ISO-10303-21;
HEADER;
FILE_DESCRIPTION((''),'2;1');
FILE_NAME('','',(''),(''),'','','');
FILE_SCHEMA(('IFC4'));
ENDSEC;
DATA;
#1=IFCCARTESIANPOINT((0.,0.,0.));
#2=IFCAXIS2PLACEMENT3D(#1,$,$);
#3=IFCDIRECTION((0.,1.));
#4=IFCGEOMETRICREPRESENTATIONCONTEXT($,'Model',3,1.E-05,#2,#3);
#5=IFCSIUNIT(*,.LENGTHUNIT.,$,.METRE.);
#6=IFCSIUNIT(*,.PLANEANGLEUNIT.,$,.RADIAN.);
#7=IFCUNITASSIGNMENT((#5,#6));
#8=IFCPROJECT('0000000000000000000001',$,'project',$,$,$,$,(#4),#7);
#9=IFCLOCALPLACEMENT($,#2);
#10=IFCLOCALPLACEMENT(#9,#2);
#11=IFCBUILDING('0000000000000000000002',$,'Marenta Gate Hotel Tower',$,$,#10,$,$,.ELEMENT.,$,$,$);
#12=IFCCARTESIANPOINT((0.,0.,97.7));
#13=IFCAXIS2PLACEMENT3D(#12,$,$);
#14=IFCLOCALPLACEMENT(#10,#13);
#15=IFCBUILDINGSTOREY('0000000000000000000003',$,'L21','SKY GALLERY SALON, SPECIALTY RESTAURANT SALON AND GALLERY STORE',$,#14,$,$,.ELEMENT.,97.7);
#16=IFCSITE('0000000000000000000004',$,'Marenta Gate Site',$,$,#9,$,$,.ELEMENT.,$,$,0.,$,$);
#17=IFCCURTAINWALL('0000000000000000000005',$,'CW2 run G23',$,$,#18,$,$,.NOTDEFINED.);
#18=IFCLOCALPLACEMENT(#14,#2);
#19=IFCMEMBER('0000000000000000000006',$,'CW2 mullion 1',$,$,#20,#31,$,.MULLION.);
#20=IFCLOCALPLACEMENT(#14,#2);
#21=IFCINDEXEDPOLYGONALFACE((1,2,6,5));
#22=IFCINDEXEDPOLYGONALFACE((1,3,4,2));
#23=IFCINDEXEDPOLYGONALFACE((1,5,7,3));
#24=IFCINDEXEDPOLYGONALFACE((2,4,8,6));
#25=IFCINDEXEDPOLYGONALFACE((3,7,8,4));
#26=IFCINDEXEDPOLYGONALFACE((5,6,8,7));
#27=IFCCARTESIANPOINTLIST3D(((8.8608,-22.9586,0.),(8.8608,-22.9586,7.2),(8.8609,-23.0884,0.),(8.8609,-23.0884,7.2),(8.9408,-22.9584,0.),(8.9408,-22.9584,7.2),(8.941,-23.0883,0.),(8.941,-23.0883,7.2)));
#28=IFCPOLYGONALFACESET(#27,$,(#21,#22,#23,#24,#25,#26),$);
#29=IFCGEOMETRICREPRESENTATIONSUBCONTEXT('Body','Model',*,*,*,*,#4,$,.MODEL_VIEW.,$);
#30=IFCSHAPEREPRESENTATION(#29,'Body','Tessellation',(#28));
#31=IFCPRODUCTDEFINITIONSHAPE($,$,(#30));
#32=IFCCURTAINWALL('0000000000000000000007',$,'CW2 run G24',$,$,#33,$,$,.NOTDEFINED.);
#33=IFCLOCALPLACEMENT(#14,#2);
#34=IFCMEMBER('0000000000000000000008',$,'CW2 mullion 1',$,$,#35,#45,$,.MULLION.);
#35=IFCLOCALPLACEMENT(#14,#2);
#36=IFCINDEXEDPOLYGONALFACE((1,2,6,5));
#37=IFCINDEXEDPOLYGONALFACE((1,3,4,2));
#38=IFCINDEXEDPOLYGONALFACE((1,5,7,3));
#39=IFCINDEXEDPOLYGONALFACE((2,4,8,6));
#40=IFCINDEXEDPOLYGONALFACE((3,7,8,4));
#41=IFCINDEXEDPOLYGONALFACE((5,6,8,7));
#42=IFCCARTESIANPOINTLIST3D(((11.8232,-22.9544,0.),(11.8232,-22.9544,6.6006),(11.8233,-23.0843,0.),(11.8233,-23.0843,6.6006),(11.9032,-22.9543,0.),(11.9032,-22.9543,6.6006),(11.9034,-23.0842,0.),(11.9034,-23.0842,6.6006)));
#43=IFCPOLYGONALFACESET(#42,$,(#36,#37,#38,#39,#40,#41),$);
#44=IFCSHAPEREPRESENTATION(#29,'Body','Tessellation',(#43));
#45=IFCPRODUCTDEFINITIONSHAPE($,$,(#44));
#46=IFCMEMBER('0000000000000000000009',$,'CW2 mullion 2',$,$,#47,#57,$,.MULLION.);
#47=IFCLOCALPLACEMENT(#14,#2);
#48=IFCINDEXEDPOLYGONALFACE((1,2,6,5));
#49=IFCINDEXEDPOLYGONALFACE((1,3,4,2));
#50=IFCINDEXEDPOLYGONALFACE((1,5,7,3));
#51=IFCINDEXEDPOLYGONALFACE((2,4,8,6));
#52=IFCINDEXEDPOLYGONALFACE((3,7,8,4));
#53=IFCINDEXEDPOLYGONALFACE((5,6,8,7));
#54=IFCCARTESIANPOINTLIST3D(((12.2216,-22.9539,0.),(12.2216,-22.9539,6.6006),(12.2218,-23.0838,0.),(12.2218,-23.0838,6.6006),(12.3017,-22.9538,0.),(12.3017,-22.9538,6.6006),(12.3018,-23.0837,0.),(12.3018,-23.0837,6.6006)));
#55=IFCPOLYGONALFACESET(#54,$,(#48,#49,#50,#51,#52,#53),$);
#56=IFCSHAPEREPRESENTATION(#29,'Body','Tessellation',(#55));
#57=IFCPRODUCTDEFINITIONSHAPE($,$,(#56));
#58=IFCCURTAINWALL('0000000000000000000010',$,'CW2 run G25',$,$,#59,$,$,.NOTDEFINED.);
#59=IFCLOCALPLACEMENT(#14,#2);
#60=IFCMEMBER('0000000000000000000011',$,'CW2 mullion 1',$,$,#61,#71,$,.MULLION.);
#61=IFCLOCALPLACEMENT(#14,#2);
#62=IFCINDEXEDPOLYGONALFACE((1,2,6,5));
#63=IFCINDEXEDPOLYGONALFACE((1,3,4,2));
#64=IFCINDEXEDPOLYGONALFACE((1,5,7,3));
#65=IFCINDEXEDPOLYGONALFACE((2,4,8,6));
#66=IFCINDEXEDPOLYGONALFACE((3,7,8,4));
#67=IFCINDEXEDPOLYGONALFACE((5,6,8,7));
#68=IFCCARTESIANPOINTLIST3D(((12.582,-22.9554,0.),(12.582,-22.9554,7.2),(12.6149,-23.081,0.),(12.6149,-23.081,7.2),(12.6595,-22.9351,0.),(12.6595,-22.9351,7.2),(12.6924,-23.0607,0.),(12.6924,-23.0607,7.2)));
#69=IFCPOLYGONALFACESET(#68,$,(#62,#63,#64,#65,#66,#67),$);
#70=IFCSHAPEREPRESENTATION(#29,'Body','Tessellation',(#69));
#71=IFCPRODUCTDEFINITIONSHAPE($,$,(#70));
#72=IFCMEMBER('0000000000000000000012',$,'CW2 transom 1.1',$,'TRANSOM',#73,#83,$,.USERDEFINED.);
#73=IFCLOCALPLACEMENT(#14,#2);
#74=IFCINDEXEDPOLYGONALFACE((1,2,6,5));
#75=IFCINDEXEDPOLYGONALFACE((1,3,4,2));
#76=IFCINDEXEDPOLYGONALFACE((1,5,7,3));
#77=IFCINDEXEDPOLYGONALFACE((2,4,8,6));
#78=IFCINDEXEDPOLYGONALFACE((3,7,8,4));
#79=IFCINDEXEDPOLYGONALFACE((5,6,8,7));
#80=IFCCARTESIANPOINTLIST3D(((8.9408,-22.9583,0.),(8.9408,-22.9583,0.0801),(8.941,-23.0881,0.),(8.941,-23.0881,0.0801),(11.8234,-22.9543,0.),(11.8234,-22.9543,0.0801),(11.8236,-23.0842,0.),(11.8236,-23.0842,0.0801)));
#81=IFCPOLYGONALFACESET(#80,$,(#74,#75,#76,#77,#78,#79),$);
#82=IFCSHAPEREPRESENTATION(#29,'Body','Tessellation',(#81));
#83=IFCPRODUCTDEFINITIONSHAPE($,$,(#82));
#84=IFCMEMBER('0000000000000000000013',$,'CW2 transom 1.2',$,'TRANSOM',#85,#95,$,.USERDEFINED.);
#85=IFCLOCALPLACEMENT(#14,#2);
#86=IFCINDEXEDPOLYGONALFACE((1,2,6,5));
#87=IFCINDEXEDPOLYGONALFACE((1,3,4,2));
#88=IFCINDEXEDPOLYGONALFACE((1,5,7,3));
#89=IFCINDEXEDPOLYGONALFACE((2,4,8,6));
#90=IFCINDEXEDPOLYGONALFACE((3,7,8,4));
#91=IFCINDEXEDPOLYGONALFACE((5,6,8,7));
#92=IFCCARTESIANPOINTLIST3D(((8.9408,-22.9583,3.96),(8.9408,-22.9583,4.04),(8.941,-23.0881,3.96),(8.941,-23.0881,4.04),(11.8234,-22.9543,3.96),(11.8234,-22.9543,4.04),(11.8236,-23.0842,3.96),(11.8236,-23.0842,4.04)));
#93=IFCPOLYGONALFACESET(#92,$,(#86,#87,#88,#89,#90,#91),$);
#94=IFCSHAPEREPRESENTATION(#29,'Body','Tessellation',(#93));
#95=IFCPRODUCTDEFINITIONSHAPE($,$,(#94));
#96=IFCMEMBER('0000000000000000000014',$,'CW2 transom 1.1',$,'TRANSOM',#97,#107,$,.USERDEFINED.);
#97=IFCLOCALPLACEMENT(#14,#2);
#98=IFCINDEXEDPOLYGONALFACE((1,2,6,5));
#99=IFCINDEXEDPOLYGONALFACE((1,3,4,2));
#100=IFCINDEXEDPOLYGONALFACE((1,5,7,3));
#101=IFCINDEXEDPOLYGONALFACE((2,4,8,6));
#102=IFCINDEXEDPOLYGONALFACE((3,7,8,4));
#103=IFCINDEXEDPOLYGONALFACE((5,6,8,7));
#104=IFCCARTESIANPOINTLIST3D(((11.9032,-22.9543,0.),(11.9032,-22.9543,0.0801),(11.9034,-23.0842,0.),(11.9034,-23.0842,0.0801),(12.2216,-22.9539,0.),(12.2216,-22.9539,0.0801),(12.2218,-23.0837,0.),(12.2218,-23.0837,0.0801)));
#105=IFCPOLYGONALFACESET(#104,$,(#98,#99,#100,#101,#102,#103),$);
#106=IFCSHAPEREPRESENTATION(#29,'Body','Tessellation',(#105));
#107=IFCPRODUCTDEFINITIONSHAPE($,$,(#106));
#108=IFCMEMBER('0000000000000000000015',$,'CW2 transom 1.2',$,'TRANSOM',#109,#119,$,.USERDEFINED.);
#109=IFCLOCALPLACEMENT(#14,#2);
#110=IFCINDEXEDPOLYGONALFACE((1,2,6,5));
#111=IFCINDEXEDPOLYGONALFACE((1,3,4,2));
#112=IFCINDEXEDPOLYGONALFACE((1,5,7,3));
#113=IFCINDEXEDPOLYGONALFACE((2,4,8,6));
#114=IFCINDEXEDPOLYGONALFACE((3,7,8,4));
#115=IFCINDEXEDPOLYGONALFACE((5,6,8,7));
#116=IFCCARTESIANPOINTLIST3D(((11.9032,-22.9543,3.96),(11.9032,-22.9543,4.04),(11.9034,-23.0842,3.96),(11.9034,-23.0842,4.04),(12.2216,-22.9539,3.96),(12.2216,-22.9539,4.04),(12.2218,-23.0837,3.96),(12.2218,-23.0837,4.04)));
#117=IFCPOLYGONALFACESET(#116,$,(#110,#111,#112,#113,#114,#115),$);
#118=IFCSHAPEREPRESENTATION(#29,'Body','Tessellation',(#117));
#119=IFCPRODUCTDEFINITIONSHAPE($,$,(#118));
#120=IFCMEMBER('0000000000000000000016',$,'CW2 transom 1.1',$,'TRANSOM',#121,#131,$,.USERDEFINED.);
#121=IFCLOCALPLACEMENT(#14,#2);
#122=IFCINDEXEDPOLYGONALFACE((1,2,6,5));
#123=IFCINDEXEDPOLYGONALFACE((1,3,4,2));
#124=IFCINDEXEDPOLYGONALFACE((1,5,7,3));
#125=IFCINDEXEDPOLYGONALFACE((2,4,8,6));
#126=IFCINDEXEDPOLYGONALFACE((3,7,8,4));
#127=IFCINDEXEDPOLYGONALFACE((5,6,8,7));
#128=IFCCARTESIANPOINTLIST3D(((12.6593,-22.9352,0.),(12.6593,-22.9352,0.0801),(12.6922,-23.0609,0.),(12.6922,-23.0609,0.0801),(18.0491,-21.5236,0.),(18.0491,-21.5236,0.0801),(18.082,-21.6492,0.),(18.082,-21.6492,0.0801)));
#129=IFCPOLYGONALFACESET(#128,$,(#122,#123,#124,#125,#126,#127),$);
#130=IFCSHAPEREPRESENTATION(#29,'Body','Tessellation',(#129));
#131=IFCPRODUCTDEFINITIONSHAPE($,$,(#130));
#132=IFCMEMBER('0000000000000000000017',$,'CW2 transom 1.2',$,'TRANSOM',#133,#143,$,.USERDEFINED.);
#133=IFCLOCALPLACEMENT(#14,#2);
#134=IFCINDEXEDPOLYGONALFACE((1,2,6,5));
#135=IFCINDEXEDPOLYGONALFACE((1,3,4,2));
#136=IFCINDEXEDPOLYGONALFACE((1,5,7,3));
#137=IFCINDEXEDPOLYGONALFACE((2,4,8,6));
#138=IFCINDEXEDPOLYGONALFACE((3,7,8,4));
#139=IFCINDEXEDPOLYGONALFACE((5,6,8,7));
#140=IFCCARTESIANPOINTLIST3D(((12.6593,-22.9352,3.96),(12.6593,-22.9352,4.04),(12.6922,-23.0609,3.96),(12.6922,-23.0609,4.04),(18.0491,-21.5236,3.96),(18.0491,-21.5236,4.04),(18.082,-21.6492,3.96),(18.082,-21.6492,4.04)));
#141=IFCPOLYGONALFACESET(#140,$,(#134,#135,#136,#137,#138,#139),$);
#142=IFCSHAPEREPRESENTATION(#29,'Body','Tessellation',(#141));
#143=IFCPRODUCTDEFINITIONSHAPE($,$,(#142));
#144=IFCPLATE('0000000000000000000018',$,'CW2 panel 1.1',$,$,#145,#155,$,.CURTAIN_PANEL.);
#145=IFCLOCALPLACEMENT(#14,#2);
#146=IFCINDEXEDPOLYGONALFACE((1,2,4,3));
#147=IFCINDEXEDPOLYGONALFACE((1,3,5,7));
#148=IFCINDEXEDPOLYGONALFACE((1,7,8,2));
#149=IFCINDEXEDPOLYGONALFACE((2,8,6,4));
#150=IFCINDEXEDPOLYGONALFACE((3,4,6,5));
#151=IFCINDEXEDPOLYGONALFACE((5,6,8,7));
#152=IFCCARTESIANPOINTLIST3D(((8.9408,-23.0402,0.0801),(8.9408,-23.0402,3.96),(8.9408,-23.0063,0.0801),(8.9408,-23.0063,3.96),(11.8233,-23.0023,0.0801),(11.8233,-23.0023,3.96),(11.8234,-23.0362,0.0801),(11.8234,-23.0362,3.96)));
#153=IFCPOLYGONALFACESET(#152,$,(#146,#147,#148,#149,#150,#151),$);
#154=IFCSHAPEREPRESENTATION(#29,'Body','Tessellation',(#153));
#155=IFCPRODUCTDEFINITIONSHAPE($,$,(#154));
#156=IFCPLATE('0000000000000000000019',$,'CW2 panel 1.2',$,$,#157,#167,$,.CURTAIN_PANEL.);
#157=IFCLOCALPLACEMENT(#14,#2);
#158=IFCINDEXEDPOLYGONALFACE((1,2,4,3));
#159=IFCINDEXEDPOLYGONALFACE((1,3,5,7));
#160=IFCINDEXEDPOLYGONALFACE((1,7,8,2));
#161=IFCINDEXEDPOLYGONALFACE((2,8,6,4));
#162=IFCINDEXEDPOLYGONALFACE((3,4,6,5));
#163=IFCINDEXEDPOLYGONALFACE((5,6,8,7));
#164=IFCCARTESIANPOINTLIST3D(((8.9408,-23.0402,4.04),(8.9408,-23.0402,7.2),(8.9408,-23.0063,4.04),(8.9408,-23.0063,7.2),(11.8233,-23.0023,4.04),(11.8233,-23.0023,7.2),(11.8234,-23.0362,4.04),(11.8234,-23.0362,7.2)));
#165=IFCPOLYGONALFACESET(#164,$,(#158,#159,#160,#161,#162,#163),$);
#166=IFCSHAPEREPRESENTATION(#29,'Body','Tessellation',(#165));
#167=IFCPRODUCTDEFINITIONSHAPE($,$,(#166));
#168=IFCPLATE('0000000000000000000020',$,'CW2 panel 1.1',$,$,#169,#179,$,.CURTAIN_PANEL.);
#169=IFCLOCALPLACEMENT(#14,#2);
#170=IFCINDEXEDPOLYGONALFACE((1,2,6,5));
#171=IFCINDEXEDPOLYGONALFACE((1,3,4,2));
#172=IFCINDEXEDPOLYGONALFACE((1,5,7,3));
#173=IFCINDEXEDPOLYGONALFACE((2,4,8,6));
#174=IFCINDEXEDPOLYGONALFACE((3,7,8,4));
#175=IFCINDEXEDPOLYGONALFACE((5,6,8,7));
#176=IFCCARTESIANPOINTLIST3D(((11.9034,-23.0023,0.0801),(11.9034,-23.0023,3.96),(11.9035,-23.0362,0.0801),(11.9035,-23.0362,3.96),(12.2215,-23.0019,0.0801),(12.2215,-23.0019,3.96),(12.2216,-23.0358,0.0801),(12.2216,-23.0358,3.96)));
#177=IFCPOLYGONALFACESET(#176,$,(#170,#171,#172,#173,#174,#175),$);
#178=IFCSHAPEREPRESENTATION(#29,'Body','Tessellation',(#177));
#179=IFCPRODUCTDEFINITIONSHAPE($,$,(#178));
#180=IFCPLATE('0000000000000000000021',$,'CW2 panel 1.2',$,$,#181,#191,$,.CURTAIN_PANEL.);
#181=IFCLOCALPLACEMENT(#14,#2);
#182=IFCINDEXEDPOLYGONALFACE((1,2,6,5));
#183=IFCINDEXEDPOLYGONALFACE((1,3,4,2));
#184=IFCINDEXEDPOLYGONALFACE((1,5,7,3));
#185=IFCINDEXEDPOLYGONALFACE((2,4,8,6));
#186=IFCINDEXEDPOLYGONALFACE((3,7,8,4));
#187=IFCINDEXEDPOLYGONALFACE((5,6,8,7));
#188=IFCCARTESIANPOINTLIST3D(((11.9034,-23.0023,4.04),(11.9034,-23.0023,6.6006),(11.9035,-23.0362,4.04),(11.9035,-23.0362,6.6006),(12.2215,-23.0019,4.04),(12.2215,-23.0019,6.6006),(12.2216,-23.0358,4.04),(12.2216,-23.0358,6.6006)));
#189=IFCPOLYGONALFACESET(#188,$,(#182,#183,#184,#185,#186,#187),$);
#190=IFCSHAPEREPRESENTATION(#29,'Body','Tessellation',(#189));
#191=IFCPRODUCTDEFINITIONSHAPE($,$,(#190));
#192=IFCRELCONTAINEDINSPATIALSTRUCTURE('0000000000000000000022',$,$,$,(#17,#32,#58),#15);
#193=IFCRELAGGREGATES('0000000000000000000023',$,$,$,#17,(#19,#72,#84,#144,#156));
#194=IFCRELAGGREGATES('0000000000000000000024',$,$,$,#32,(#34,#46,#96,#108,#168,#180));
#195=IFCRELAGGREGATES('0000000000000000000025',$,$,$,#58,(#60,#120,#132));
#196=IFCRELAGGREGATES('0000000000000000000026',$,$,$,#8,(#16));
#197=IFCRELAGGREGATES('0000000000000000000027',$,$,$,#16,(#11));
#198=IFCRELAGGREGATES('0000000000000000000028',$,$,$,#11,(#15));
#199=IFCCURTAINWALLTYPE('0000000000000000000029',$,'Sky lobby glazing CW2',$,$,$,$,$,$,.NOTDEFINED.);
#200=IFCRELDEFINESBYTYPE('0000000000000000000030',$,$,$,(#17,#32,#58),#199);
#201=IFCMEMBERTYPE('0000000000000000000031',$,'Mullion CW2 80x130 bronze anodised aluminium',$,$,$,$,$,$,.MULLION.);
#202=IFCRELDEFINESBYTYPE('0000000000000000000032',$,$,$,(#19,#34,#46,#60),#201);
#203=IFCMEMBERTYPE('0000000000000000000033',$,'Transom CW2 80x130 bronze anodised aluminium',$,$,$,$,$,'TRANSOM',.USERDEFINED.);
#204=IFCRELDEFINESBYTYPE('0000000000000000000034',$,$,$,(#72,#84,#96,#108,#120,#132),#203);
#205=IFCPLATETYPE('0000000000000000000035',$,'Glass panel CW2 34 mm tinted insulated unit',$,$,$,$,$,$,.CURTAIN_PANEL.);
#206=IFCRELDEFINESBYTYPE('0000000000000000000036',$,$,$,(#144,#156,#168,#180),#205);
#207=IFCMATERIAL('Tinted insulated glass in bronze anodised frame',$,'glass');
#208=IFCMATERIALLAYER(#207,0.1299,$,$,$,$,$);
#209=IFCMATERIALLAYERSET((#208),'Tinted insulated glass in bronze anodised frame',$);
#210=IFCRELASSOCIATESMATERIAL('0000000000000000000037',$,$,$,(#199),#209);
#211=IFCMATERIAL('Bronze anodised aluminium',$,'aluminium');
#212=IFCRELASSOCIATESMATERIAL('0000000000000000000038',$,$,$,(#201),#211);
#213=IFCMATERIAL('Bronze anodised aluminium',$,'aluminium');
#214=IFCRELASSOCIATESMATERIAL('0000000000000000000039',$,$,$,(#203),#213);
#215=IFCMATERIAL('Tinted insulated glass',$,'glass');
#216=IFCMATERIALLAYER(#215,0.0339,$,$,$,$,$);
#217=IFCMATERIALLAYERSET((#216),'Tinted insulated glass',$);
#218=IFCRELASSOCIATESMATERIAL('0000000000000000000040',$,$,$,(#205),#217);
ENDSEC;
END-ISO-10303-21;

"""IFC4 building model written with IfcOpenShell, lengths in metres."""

from ifc_helpers import new_model, si_unit, direction, frame, origin, origin_2d, place, context, subcontext, project, spatial, rectangle, extrude, material, layer, layer_set, material_profile, profile_set, type_object, element, aggregate, save


model = new_model("IFC4")

# Units and contexts
model_context = context("Model", 3, precision=1e-05, world=origin(), true_north=direction((0.0, 1.0)))
body_context = subcontext(model_context, "Body", "Model", "MODEL_VIEW")
ifc_project = project(units=[si_unit("LENGTHUNIT", "METRE"), si_unit("PLANEANGLEUNIT", "RADIAN")], contexts=[model_context])

# Site, building, storey
site_placement = place(None, origin())
site = spatial("IfcSite", under=ifc_project, at=site_placement, Name="Marenta Gate Site", CompositionType="ELEMENT", RefElevation=0.0)
building_placement = place(site_placement, origin())
building = spatial("IfcBuilding", under=site, at=building_placement, Name="Marenta Gate Hotel Tower", CompositionType="ELEMENT")
storey_placement = place(building_placement, frame((0.0, 0.0, 97.7)))
storey = spatial("IfcBuildingStorey", under=building, at=storey_placement, Name="L21", Description="SKY GALLERY SALON, SPECIALTY RESTAURANT SALON AND GALLERY STORE", CompositionType="ELEMENT", Elevation=97.7)

# Curtain wall, member
ifc_material_1 = material(Name="Tinted insulated glass in bronze anodised frame", Category="glass")
ifc_layer_1 = layer(ifc_material_1, 0.1299)
ifc_layer_set_1 = layer_set([ifc_layer_1], Name="Tinted insulated glass in bronze anodised frame")
curtain_wall_type = type_object("IfcCurtainWallType", Name="Sky lobby glazing CW2", PredefinedType="NOTDEFINED", material=ifc_layer_set_1)
curtain_wall_1_placement = place(storey_placement, origin())
curtain_wall_1 = element("IfcCurtainWall", 1, at=curtain_wall_1_placement, inside=storey, type_object=curtain_wall_type, Name="CW2 run G23", PredefinedType="NOTDEFINED")
ifc_material_2 = material(Name="Bronze anodised aluminium", Category="aluminium")
ifc_material_profile_1 = material_profile(ifc_material_2, rectangle(XDim=0.1299, YDim=0.0801, at=origin_2d()), Name="Mullion CW2 80x130 bronze anodised aluminium")
ifc_profile_set_1 = profile_set([ifc_material_profile_1], Name="Bronze anodised aluminium")
member_type_1 = type_object("IfcMemberType", Name="Mullion CW2 80x130 bronze anodised aluminium", PredefinedType="MULLION", material=ifc_profile_set_1)
member_1_placement = place(storey_placement, frame((8.9009, -23.0234, 0.0), z_axis=(0.0, 0.0, 1.0), x_axis=(-0.001384, 0.999999, 0.0)))
member_1 = element("IfcMember", 2, at=member_1_placement, type_object=member_type_1, Name="CW2 mullion 1", PredefinedType="MULLION", context=body_context, shape_type="SweptSolid", body=[
    extrude(rectangle(XDim=0.1299, YDim=0.0801, at=origin_2d()), origin(), (0.0, 0.0, 1.0), 7.2),
])

# Curtain wall, members
curtain_wall_2_placement = place(storey_placement, origin())
curtain_wall_2 = element("IfcCurtainWall", 3, at=curtain_wall_2_placement, inside=storey, type_object=curtain_wall_type, Name="CW2 run G24", PredefinedType="NOTDEFINED")
member_2_placement = place(storey_placement, frame((11.8633, -23.0193, 0.0), z_axis=(0.0, 0.0, 1.0), x_axis=(-0.001255, 0.999999, 0.0)))
member_2 = element("IfcMember", 4, at=member_2_placement, type_object=member_type_1, Name="CW2 mullion 1", PredefinedType="MULLION", context=body_context, shape_type="SweptSolid", body=[
    extrude(rectangle(XDim=0.1299, YDim=0.0801, at=origin_2d()), origin(), (0.0, 0.0, 1.0), 6.6006),
])
member_3_placement = place(storey_placement, frame((12.2617, -23.0188, 0.0), z_axis=(0.0, 0.0, 1.0), x_axis=(-0.001255, 0.999999, 0.0)))
member_3 = element("IfcMember", 5, at=member_3_placement, type_object=member_type_1, Name="CW2 mullion 2", PredefinedType="MULLION", context=body_context, shape_type="SweptSolid", body=[
    extrude(rectangle(XDim=0.1299, YDim=0.0801, at=origin_2d()), origin(), (0.0, 0.0, 1.0), 6.6006),
])

# Curtain wall, member
curtain_wall_3_placement = place(storey_placement, origin())
curtain_wall_3 = element("IfcCurtainWall", 6, at=curtain_wall_3_placement, inside=storey, type_object=curtain_wall_type, Name="CW2 run G25", PredefinedType="NOTDEFINED")
member_4_placement = place(storey_placement, frame((12.6372, -23.0081, 0.0), z_axis=(0.0, 0.0, 1.0), x_axis=(-0.253367, 0.96737, 0.0)))
member_4 = element("IfcMember", 7, at=member_4_placement, type_object=member_type_1, Name="CW2 mullion 1", PredefinedType="MULLION", context=body_context, shape_type="SweptSolid", body=[
    extrude(rectangle(XDim=0.1299, YDim=0.0801, at=origin_2d()), origin(), (0.0, 0.0, 1.0), 7.2),
])

# Members
ifc_material_3 = material(Name="Bronze anodised aluminium", Category="aluminium")
ifc_material_profile_2 = material_profile(ifc_material_3, rectangle(XDim=0.1299, YDim=0.0801, at=origin_2d()), Name="Transom CW2 80x130 bronze anodised aluminium")
ifc_profile_set_2 = profile_set([ifc_material_profile_2], Name="Bronze anodised aluminium")
member_type_2 = type_object("IfcMemberType", Name="Transom CW2 80x130 bronze anodised aluminium", ElementType="TRANSOM", PredefinedType="USERDEFINED", material=ifc_profile_set_2)
member_5_placement = place(storey_placement, frame((8.9409, -23.0232, 0.04), z_axis=(0.999999, 0.001355, 0.0), x_axis=(-0.001355, 0.999999, 0.0)))
member_5 = element("IfcMember", 8, at=member_5_placement, type_object=member_type_2, Name="CW2 transom 1.1", ObjectType="TRANSOM", PredefinedType="USERDEFINED", context=body_context, shape_type="SweptSolid", body=[
    extrude(rectangle(XDim=0.1299, YDim=0.0801, at=origin_2d()), origin(), (0.0, 0.0, 1.0), 2.8826),
])
member_6_placement = place(storey_placement, frame((8.9409, -23.0232, 4.0), z_axis=(0.999999, 0.001355, 0.0), x_axis=(-0.001355, 0.999999, 0.0)))
member_6 = element("IfcMember", 9, at=member_6_placement, type_object=member_type_2, Name="CW2 transom 1.2", ObjectType="TRANSOM", PredefinedType="USERDEFINED", context=body_context, shape_type="SweptSolid", body=[
    extrude(rectangle(XDim=0.1299, YDim=0.0801, at=origin_2d()), origin(), (0.0, 0.0, 1.0), 2.8826),
])
member_7_placement = place(storey_placement, frame((11.9033, -23.0193, 0.04), z_axis=(0.999999, 0.001534, 0.0), x_axis=(-0.001534, 0.999999, 0.0)))
member_7 = element("IfcMember", 10, at=member_7_placement, type_object=member_type_2, Name="CW2 transom 1.1", ObjectType="TRANSOM", PredefinedType="USERDEFINED", context=body_context, shape_type="SweptSolid", body=[
    extrude(rectangle(XDim=0.1299, YDim=0.0801, at=origin_2d()), origin(), (0.0, 0.0, 1.0), 0.3184),
])
member_8_placement = place(storey_placement, frame((11.9033, -23.0193, 4.0), z_axis=(0.999999, 0.001534, 0.0), x_axis=(-0.001534, 0.999999, 0.0)))
member_8 = element("IfcMember", 11, at=member_8_placement, type_object=member_type_2, Name="CW2 transom 1.2", ObjectType="TRANSOM", PredefinedType="USERDEFINED", context=body_context, shape_type="SweptSolid", body=[
    extrude(rectangle(XDim=0.1299, YDim=0.0801, at=origin_2d()), origin(), (0.0, 0.0, 1.0), 0.3184),
])
member_9_placement = place(storey_placement, frame((12.6758, -22.998, 0.04), z_axis=(0.96737, 0.253367, 0.0), x_axis=(-0.253367, 0.96737, 0.0)))
member_9 = element("IfcMember", 12, at=member_9_placement, type_object=member_type_2, Name="CW2 transom 1.1", ObjectType="TRANSOM", PredefinedType="USERDEFINED", context=body_context, shape_type="SweptSolid", body=[
    extrude(rectangle(XDim=0.1299, YDim=0.0801, at=origin_2d()), origin(), (0.0, 0.0, 1.0), 5.5715),
])
member_10_placement = place(storey_placement, frame((12.6758, -22.998, 4.0), z_axis=(0.96737, 0.253367, 0.0), x_axis=(-0.253367, 0.96737, 0.0)))
member_10 = element("IfcMember", 13, at=member_10_placement, type_object=member_type_2, Name="CW2 transom 1.2", ObjectType="TRANSOM", PredefinedType="USERDEFINED", context=body_context, shape_type="SweptSolid", body=[
    extrude(rectangle(XDim=0.1299, YDim=0.0801, at=origin_2d()), origin(), (0.0, 0.0, 1.0), 5.5715),
])

# Plates
ifc_material_4 = material(Name="Tinted insulated glass", Category="glass")
ifc_layer_2 = layer(ifc_material_4, 0.0339)
ifc_layer_set_2 = layer_set([ifc_layer_2], Name="Tinted insulated glass")
plate_type = type_object("IfcPlateType", Name="Glass panel CW2 34 mm tinted insulated unit", PredefinedType="CURTAIN_PANEL", material=ifc_layer_set_2)
plate_1_placement = place(storey_placement, frame((10.3821, -23.0212, 0.0801), z_axis=(0.0, 0.0, 1.0), x_axis=(0.999999, 0.001384, 0.0)))
plate_1 = element("IfcPlate", 14, at=plate_1_placement, type_object=plate_type, Name="CW2 panel 1.1", PredefinedType="CURTAIN_PANEL", context=body_context, shape_type="SweptSolid", body=[
    extrude(rectangle(XDim=2.8826, YDim=0.0339, at=origin_2d()), origin(), (0.0, 0.0, 1.0), 3.8799),
])
plate_2_placement = place(storey_placement, frame((10.3821, -23.0212, 4.04), z_axis=(0.0, 0.0, 1.0), x_axis=(0.999999, 0.001384, 0.0)))
plate_2 = element("IfcPlate", 15, at=plate_2_placement, type_object=plate_type, Name="CW2 panel 1.2", PredefinedType="CURTAIN_PANEL", context=body_context, shape_type="SweptSolid", body=[
    extrude(rectangle(XDim=2.8826, YDim=0.0339, at=origin_2d()), origin(), (0.0, 0.0, 1.0), 3.1599),
])
aggregate(curtain_wall_1, [member_1, member_5, member_6, plate_1, plate_2])
plate_3_placement = place(storey_placement, frame((12.0625, -23.019, 0.0801), z_axis=(0.0, 0.0, 1.0), x_axis=(0.999999, 0.001255, 0.0)))
plate_3 = element("IfcPlate", 16, at=plate_3_placement, type_object=plate_type, Name="CW2 panel 1.1", PredefinedType="CURTAIN_PANEL", context=body_context, shape_type="SweptSolid", body=[
    extrude(rectangle(XDim=0.3181, YDim=0.0339, at=origin_2d()), origin(), (0.0, 0.0, 1.0), 3.8799),
])
plate_4_placement = place(storey_placement, frame((12.0625, -23.019, 4.04), z_axis=(0.0, 0.0, 1.0), x_axis=(0.999999, 0.001255, 0.0)))
plate_4 = element("IfcPlate", 17, at=plate_4_placement, type_object=plate_type, Name="CW2 panel 1.2", PredefinedType="CURTAIN_PANEL", context=body_context, shape_type="SweptSolid", body=[
    extrude(rectangle(XDim=0.3181, YDim=0.0339, at=origin_2d()), origin(), (0.0, 0.0, 1.0), 2.5605),
])
aggregate(curtain_wall_2, [member_2, member_3, member_7, member_8, plate_3, plate_4])
aggregate(curtain_wall_3, [member_4, member_9, member_10])

save(model, "model.ifc")
